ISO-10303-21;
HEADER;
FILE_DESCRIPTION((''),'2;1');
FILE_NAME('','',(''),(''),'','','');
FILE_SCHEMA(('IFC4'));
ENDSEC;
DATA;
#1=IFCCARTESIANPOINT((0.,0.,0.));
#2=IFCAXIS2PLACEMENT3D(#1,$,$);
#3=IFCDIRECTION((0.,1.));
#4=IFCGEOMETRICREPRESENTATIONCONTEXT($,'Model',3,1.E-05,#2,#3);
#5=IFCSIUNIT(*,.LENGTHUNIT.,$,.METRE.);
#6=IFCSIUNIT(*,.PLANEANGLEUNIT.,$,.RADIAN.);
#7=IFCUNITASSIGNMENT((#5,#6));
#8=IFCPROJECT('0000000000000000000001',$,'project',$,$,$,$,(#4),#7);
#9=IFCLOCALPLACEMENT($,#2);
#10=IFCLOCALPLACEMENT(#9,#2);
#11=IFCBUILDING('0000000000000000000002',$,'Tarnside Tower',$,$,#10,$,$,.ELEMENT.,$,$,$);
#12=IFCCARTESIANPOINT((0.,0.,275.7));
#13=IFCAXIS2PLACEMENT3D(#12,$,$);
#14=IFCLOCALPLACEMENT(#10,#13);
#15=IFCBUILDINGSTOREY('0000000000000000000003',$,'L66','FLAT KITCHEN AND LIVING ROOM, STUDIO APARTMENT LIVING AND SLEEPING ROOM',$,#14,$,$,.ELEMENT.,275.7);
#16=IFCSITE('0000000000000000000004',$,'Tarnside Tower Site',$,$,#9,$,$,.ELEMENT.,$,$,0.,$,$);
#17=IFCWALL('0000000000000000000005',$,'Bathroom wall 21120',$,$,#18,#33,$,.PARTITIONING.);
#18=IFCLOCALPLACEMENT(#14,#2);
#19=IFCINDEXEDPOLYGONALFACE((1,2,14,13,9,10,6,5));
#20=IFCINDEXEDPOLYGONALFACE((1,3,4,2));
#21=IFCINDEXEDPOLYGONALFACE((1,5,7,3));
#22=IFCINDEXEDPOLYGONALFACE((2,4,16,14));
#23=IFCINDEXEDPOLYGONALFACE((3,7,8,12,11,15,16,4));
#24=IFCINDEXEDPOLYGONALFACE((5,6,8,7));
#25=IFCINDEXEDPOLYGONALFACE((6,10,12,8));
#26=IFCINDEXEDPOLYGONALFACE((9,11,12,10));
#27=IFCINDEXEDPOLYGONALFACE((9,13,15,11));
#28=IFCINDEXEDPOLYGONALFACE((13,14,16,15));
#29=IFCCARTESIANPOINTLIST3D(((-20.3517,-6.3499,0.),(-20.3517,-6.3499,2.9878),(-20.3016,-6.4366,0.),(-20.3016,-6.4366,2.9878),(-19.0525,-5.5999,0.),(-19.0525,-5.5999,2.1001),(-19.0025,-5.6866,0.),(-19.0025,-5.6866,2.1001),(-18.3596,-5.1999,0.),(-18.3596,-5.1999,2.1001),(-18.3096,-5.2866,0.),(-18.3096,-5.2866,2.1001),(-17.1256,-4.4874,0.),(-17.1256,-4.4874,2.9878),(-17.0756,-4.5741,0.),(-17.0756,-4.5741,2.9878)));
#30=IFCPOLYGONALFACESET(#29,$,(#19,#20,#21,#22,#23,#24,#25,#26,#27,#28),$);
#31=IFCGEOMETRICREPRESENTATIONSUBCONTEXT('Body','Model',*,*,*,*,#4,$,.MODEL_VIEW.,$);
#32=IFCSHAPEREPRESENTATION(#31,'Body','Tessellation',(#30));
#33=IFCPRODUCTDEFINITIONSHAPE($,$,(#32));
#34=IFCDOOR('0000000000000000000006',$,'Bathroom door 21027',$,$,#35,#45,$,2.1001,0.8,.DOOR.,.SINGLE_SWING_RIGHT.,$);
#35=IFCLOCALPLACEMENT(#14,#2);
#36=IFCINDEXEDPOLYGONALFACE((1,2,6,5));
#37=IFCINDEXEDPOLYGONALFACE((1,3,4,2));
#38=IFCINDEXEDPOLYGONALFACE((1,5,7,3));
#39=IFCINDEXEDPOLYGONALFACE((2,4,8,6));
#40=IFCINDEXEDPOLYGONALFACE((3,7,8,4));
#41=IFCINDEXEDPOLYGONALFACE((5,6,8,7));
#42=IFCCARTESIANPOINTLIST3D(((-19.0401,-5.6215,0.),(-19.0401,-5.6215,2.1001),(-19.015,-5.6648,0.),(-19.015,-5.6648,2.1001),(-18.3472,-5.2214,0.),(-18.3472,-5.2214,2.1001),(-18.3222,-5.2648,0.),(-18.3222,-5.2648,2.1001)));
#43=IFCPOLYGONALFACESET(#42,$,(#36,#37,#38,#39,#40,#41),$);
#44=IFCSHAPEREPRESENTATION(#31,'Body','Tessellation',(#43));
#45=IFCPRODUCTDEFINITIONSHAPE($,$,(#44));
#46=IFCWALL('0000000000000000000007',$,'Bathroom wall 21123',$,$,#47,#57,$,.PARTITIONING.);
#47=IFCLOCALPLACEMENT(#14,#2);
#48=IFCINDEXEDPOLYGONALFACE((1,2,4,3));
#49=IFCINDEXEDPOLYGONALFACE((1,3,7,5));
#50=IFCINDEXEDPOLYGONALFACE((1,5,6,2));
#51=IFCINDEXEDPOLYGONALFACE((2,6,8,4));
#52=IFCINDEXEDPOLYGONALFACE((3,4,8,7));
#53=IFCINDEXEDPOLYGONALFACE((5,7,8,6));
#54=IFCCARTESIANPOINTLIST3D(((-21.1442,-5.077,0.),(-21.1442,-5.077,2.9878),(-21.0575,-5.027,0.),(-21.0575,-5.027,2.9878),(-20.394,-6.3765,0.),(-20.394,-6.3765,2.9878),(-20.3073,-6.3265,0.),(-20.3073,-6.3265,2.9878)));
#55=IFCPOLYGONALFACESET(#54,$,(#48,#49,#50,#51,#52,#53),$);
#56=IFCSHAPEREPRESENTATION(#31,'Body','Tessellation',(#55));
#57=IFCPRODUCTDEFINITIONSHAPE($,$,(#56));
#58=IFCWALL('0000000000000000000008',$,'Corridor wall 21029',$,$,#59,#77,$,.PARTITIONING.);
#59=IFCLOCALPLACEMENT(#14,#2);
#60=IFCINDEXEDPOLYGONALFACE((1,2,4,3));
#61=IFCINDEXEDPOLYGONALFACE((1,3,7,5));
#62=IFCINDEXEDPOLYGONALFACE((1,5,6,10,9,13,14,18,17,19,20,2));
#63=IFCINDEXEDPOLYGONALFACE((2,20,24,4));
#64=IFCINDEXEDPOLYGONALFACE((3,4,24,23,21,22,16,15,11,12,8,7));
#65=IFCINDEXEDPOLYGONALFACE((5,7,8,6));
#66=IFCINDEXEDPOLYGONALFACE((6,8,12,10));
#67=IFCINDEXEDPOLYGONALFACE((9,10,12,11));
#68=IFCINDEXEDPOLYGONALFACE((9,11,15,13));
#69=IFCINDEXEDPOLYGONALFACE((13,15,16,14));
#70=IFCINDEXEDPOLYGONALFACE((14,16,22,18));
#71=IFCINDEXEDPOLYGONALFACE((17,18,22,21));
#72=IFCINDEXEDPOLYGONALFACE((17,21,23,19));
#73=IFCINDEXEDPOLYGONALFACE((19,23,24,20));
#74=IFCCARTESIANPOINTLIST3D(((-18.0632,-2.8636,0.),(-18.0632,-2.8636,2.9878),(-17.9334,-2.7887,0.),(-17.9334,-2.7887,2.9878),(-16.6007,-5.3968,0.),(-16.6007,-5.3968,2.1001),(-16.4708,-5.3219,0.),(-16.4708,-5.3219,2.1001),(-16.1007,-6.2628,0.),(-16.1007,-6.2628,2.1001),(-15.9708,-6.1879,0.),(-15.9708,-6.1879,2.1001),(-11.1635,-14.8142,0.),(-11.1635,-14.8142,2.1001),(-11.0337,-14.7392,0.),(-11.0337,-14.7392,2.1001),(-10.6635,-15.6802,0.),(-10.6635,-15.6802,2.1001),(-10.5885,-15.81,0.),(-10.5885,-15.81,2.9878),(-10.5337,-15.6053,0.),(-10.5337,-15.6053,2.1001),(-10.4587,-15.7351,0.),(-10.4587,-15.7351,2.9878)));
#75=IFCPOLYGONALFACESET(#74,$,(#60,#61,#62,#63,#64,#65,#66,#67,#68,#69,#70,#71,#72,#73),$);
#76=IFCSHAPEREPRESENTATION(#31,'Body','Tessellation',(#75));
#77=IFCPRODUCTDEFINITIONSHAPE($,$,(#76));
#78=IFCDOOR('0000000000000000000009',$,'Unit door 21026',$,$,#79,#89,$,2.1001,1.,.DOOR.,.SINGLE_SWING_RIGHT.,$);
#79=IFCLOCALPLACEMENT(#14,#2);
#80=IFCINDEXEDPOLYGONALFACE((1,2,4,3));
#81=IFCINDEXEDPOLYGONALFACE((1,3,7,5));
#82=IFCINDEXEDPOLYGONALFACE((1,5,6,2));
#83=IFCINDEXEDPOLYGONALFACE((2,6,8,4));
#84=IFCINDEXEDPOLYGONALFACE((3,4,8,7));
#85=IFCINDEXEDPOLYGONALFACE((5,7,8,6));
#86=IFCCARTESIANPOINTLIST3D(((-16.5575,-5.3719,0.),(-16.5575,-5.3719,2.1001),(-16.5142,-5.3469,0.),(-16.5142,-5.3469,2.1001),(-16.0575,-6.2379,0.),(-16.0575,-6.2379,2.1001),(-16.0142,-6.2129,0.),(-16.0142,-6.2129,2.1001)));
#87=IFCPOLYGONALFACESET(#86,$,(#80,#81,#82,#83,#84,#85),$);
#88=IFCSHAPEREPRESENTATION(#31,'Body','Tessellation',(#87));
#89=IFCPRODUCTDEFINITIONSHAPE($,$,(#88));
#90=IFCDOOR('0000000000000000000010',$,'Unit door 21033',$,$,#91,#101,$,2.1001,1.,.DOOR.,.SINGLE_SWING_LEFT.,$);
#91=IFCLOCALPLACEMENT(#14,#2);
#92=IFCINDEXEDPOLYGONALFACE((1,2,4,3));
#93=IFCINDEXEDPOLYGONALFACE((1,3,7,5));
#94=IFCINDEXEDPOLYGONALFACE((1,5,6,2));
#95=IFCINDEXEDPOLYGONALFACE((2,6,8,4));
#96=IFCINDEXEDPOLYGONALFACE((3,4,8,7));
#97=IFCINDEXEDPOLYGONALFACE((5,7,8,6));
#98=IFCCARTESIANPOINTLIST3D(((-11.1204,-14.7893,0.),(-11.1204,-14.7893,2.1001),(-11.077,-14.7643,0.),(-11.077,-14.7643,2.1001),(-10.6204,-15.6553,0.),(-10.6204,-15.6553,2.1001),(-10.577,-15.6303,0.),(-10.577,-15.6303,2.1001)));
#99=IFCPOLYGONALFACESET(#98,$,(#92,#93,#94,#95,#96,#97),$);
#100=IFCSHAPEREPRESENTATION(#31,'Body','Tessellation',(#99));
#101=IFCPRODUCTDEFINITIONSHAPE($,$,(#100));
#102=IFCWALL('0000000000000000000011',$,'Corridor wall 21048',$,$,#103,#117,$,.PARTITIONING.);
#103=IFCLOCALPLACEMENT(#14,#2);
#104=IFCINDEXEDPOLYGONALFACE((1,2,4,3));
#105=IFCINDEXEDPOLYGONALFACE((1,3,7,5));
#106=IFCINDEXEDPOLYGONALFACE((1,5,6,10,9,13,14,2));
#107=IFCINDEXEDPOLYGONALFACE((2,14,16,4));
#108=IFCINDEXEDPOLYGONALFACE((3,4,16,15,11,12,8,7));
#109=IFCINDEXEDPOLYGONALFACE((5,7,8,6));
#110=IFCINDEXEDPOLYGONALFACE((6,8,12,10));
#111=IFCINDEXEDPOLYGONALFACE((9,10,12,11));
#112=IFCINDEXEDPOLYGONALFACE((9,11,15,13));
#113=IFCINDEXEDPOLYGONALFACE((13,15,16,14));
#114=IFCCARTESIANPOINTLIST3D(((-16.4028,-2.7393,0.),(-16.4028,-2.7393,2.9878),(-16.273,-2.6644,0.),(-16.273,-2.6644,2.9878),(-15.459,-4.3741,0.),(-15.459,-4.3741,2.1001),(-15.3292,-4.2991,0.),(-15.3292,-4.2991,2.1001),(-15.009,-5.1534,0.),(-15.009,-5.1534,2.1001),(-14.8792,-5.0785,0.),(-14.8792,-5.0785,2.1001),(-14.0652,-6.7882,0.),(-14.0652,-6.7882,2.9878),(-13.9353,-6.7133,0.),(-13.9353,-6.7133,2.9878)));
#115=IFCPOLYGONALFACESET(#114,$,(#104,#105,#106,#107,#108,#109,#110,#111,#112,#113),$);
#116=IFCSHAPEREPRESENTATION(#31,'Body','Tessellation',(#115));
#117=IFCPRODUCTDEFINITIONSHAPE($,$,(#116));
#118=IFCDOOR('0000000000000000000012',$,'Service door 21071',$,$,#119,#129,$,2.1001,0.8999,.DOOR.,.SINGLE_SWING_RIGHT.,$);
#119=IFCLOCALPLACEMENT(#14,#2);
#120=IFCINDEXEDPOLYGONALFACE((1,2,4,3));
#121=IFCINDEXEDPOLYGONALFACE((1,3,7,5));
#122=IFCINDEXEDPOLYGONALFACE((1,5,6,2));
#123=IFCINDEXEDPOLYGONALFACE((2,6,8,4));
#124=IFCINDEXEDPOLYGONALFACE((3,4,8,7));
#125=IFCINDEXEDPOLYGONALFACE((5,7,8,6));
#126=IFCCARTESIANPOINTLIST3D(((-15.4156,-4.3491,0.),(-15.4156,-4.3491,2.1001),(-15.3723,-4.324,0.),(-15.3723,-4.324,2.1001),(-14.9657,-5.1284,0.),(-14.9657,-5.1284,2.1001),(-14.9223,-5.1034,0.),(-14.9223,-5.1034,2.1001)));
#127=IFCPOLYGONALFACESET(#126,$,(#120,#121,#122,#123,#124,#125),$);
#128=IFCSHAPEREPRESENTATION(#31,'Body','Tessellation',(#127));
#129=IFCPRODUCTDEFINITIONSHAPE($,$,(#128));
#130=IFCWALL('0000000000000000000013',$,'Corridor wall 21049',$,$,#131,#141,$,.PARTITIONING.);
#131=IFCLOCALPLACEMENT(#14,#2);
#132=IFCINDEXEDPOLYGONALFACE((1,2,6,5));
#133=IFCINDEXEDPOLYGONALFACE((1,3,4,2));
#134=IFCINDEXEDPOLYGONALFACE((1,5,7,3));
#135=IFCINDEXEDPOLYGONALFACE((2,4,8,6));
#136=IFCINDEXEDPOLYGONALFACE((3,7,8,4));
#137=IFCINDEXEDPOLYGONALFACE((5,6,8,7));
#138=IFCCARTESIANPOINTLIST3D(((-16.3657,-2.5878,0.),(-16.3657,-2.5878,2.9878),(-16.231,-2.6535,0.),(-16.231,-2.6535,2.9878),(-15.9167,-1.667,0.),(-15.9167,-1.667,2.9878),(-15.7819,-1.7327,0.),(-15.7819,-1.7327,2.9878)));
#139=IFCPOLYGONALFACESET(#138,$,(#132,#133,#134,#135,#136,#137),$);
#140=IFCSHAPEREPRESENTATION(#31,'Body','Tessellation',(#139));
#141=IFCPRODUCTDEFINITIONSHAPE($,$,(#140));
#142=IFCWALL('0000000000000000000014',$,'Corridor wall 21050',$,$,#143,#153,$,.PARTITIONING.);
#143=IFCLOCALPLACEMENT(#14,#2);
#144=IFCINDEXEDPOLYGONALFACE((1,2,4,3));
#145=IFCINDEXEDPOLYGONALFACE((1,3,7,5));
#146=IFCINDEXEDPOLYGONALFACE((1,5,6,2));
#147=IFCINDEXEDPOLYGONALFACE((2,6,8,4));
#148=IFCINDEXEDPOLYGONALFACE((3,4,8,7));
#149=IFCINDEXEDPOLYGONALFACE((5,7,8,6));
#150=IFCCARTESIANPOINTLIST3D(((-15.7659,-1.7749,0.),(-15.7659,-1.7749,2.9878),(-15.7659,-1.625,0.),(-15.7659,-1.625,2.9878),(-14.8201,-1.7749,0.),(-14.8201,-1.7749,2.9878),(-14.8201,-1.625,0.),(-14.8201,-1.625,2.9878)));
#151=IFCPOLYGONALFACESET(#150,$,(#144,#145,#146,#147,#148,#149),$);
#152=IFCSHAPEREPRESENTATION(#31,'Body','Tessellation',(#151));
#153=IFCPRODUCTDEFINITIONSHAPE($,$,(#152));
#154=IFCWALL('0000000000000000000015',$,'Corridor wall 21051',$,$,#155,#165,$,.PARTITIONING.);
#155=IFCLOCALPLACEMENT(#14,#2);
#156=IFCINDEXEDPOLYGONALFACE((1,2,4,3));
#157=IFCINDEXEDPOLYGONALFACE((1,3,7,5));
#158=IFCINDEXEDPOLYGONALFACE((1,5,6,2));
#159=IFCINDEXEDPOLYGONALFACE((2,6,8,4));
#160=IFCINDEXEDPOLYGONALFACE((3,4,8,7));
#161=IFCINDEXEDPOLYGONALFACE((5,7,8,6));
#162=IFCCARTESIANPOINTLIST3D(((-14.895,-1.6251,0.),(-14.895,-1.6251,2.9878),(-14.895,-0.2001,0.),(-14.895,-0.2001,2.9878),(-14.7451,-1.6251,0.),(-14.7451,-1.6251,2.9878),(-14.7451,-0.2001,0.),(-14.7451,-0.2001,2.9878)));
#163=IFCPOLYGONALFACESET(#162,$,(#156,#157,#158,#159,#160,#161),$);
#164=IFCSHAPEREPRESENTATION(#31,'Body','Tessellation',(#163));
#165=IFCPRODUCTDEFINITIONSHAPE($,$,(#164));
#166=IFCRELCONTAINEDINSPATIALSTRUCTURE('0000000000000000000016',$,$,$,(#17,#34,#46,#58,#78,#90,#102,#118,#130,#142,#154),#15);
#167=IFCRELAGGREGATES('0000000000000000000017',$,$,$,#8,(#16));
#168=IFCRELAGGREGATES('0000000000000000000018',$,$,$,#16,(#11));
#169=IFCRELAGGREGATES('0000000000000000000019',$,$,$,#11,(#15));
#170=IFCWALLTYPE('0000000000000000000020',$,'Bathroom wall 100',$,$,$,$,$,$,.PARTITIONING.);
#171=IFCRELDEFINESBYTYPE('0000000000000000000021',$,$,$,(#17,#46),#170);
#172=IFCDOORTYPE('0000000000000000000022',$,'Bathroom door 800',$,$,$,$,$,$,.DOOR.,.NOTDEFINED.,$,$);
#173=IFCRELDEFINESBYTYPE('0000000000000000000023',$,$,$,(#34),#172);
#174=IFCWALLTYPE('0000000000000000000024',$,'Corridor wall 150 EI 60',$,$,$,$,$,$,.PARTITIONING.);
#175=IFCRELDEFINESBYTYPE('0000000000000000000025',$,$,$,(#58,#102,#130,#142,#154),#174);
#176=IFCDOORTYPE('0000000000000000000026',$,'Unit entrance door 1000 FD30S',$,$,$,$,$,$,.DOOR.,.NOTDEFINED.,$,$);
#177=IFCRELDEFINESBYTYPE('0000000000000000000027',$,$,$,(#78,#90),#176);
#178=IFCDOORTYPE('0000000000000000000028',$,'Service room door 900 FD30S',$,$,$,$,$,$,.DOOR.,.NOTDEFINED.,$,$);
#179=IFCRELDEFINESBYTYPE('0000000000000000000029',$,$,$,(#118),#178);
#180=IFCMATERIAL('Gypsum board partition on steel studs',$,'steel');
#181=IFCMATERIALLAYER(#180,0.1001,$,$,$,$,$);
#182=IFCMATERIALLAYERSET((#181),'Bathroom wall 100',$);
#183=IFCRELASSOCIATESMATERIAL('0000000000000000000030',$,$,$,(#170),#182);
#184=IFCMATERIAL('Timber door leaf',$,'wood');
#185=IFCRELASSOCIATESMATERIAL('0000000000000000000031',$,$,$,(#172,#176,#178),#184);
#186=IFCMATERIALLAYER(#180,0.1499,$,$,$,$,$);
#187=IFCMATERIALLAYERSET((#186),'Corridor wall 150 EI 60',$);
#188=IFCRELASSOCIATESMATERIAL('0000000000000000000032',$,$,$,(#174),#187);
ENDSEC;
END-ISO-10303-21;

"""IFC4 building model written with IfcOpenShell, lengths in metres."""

from ifc_helpers import new_model, si_unit, direction, frame, frame_2d, origin, place, context, subcontext, project, spatial, rectangle, extrude, material, layer, layer_set, type_object, element, fill, save


model = new_model("IFC4")

# Units and contexts
model_context = context("Model", 3, precision=1e-05, world=origin(), true_north=direction((0.0, 1.0)))
body_context = subcontext(model_context, "Body", "Model", "MODEL_VIEW")
ifc_project = project(units=[si_unit("LENGTHUNIT", "METRE"), si_unit("PLANEANGLEUNIT", "RADIAN")], contexts=[model_context])

# Site, building, storey
site_placement = place(None, origin())
site = spatial("IfcSite", under=ifc_project, at=site_placement, Name="Tarnside Tower Site", CompositionType="ELEMENT", RefElevation=0.0)
building_placement = place(site_placement, origin())
building = spatial("IfcBuilding", under=site, at=building_placement, Name="Tarnside Tower", CompositionType="ELEMENT")
storey_placement = place(building_placement, frame((0.0, 0.0, 275.7)))
storey = spatial("IfcBuildingStorey", under=building, at=storey_placement, Name="L66", Description="FLAT KITCHEN AND LIVING ROOM, STUDIO APARTMENT LIVING AND SLEEPING ROOM", CompositionType="ELEMENT", Elevation=275.7)

# Wall, opening, door
ifc_material_1 = material(Name="Gypsum board partition on steel studs", Category="steel")
ifc_layer_1 = layer(ifc_material_1, 0.1001)
ifc_layer_set_1 = layer_set([ifc_layer_1], Name="Bathroom wall 100")
wall_type_1 = type_object("IfcWallType", Name="Bathroom wall 100", PredefinedType="PARTITIONING", material=ifc_layer_set_1)
wall_1_placement = place(storey_placement, frame((-17.1006, -4.5308, 0.0), z_axis=(0.0, 0.0, 1.0), x_axis=(-0.866028, -0.499995, 0.0)))
wall_1 = element("IfcWall", 1, at=wall_1_placement, inside=storey, type_object=wall_type_1, Name="Bathroom wall 21120", PredefinedType="PARTITIONING", context=body_context, shape_type="SweptSolid", body=[
    extrude(rectangle(XDim=3.7251, YDim=0.1001, at=frame_2d((1.8625, 0.0))), origin(), (0.0, 0.0, 1.0), 2.9878),
])
opening_1_placement = place(wall_1_placement, frame((1.425, 0.0, 0.0)))
opening_1 = element("IfcOpeningElement", 2, at=opening_1_placement, cuts=wall_1, PredefinedType="OPENING", context=body_context, shape_type="SweptSolid", body=[
    extrude(rectangle(XDim=0.8, YDim=2.1001, at=frame_2d((0.3999, 1.05))), frame((0.0, 0.0601, 0.0), z_axis=(0.0, -1.0, 0.0), x_axis=(1.0, 0.0, 0.0)), (0.0, 0.0, 1.0), 0.1201),
])
ifc_material_2 = material(Name="Timber door leaf", Category="wood")
door_type_1 = type_object("IfcDoorType", Name="Bathroom door 800", OperationType="NOTDEFINED", PredefinedType="DOOR", material=ifc_material_2)
door_1_placement = place(opening_1_placement, origin())
door_1 = element("IfcDoor", 3, at=door_1_placement, inside=storey, type_object=door_type_1, Name="Bathroom door 21027", OperationType="SINGLE_SWING_RIGHT", OverallHeight=2.1001, OverallWidth=0.8, PredefinedType="DOOR", context=body_context, shape_type="SweptSolid", body=[
    extrude(rectangle(XDim=0.8, YDim=2.1001, at=frame_2d((0.3999, 1.05))), frame((0.0, 0.0249, 0.0), z_axis=(0.0, -1.0, 0.0), x_axis=(1.0, 0.0, 0.0)), (0.0, 0.0, 1.0), 0.05),
])
fill(opening_1, door_1)

# Wall
wall_2_placement = place(storey_placement, frame((-21.1008, -5.052, 0.0), z_axis=(0.0, 0.0, 1.0), x_axis=(0.499971, -0.866042, 0.0)))
element("IfcWall", 4, at=wall_2_placement, inside=storey, type_object=wall_type_1, Name="Bathroom wall 21123", PredefinedType="PARTITIONING", context=body_context, shape_type="SweptSolid", body=[
    extrude(rectangle(XDim=1.5005, YDim=0.1001, at=frame_2d((0.7502, 0.0))), origin(), (0.0, 0.0, 1.0), 2.9878),
])

# Wall, openings, doors
ifc_layer_2 = layer(ifc_material_1, 0.1499)
ifc_layer_set_2 = layer_set([ifc_layer_2], Name="Corridor wall 150 EI 60")
wall_type_2 = type_object("IfcWallType", Name="Corridor wall 150 EI 60", PredefinedType="PARTITIONING", material=ifc_layer_set_2)
wall_3_placement = place(storey_placement, frame((-17.9983, -2.8262, 0.0), z_axis=(0.0, 0.0, 1.0), x_axis=(0.500003, -0.866023, 0.0)))
wall_3 = element("IfcWall", 5, at=wall_3_placement, inside=storey, type_object=wall_type_2, Name="Corridor wall 21029", PredefinedType="PARTITIONING", context=body_context, shape_type="SweptSolid", body=[
    extrude(rectangle(XDim=14.9492, YDim=0.1499, at=frame_2d((7.4746, 0.0))), origin(), (0.0, 0.0, 1.0), 2.9878),
])
opening_2_placement = place(wall_3_placement, frame((2.925, 0.0, 0.0)))
opening_2 = element("IfcOpeningElement", 6, at=opening_2_placement, cuts=wall_3, PredefinedType="OPENING", context=body_context, shape_type="SweptSolid", body=[
    extrude(rectangle(XDim=1.0, YDim=2.1001, at=frame_2d((0.5, 1.05))), frame((0.0, 0.085, 0.0), z_axis=(0.0, -1.0, 0.0), x_axis=(1.0, 0.0, 0.0)), (0.0, 0.0, 1.0), 0.1699),
])
opening_3_placement = place(wall_3_placement, frame((13.7993, 0.0, 0.0)))
opening_3 = element("IfcOpeningElement", 7, at=opening_3_placement, cuts=wall_3, PredefinedType="OPENING", context=body_context, shape_type="SweptSolid", body=[
    extrude(rectangle(XDim=1.0, YDim=2.1001, at=frame_2d((0.5, 1.05))), frame((0.0, 0.085, 0.0), z_axis=(0.0, -1.0, 0.0), x_axis=(1.0, 0.0, 0.0)), (0.0, 0.0, 1.0), 0.1699),
])
door_type_2 = type_object("IfcDoorType", Name="Unit entrance door 1000 FD30S", OperationType="NOTDEFINED", PredefinedType="DOOR", material=ifc_material_2)
door_2_placement = place(opening_2_placement, origin())
door_2 = element("IfcDoor", 8, at=door_2_placement, inside=storey, type_object=door_type_2, Name="Unit door 21026", OperationType="SINGLE_SWING_RIGHT", OverallHeight=2.1001, OverallWidth=1.0, PredefinedType="DOOR", context=body_context, shape_type="SweptSolid", body=[
    extrude(rectangle(XDim=1.0, YDim=2.1001, at=frame_2d((0.5, 1.05))), frame((0.0, 0.0249, 0.0), z_axis=(0.0, -1.0, 0.0), x_axis=(1.0, 0.0, 0.0)), (0.0, 0.0, 1.0), 0.05),
])
fill(opening_2, door_2)
door_3_placement = place(opening_3_placement, origin())
door_3 = element("IfcDoor", 9, at=door_3_placement, inside=storey, type_object=door_type_2, Name="Unit door 21033", OperationType="SINGLE_SWING_LEFT", OverallHeight=2.1001, OverallWidth=1.0, PredefinedType="DOOR", context=body_context, shape_type="SweptSolid", body=[
    extrude(rectangle(XDim=1.0, YDim=2.1001, at=frame_2d((0.5, 1.05))), frame((0.0, 0.0249, 0.0), z_axis=(0.0, -1.0, 0.0), x_axis=(1.0, 0.0, 0.0)), (0.0, 0.0, 1.0), 0.05),
])
fill(opening_3, door_3)

# Wall, opening, door
wall_4_placement = place(storey_placement, frame((-14.0002, -6.7507, 0.0), z_axis=(0.0, 0.0, 1.0), x_axis=(-0.500009, 0.86602, 0.0)))
wall_4 = element("IfcWall", 10, at=wall_4_placement, inside=storey, type_object=wall_type_2, Name="Corridor wall 21048", PredefinedType="PARTITIONING", context=body_context, shape_type="SweptSolid", body=[
    extrude(rectangle(XDim=4.6753, YDim=0.1499, at=frame_2d((2.3376, 0.0))), origin(), (0.0, 0.0, 1.0), 2.9878),
])
opening_4_placement = place(wall_4_placement, frame((1.8877, 0.0, 0.0)))
opening_4 = element("IfcOpeningElement", 11, at=opening_4_placement, cuts=wall_4, PredefinedType="OPENING", context=body_context, shape_type="SweptSolid", body=[
    extrude(rectangle(XDim=0.8999, YDim=2.1001, at=frame_2d((0.45, 1.05))), frame((0.0, 0.085, 0.0), z_axis=(0.0, -1.0, 0.0), x_axis=(1.0, 0.0, 0.0)), (0.0, 0.0, 1.0), 0.1699),
])
door_type_3 = type_object("IfcDoorType", Name="Service room door 900 FD30S", OperationType="NOTDEFINED", PredefinedType="DOOR", material=ifc_material_2)
door_4_placement = place(opening_4_placement, origin())
door_4 = element("IfcDoor", 12, at=door_4_placement, inside=storey, type_object=door_type_3, Name="Service door 21071", OperationType="SINGLE_SWING_RIGHT", OverallHeight=2.1001, OverallWidth=0.8999, PredefinedType="DOOR", context=body_context, shape_type="SweptSolid", body=[
    extrude(rectangle(XDim=0.8999, YDim=2.1001, at=frame_2d((0.45, 1.05))), frame((0.0, 0.0249, 0.0), z_axis=(0.0, -1.0, 0.0), x_axis=(1.0, 0.0, 0.0)), (0.0, 0.0, 1.0), 0.05),
])
fill(opening_4, door_4)

# Walls
wall_5_placement = place(storey_placement, frame((-16.2983, -2.6206, 0.0), z_axis=(0.0, 0.0, 1.0), x_axis=(0.438325, 0.898817, 0.0)))
element("IfcWall", 13, at=wall_5_placement, inside=storey, type_object=wall_type_2, Name="Corridor wall 21049", PredefinedType="PARTITIONING", context=body_context, shape_type="SweptSolid", body=[
    extrude(rectangle(XDim=1.0244, YDim=0.1499, at=frame_2d((0.5122, 0.0))), origin(), (0.0, 0.0, 1.0), 2.9878),
])
wall_6_placement = place(storey_placement, frame((-15.7659, -1.7, 0.0), z_axis=(0.0, 0.0, 1.0), x_axis=(1.0, 0.0, 0.0)))
element("IfcWall", 14, at=wall_6_placement, inside=storey, type_object=wall_type_2, Name="Corridor wall 21050", PredefinedType="PARTITIONING", context=body_context, shape_type="SweptSolid", body=[
    extrude(rectangle(XDim=0.9458, YDim=0.1499, at=frame_2d((0.4729, 0.0))), origin(), (0.0, 0.0, 1.0), 2.9878),
])
wall_7_placement = place(storey_placement, frame((-14.8201, -1.625, 0.0), z_axis=(0.0, 0.0, 1.0), x_axis=(0.0, 1.0, 0.0)))
element("IfcWall", 15, at=wall_7_placement, inside=storey, type_object=wall_type_2, Name="Corridor wall 21051", PredefinedType="PARTITIONING", context=body_context, shape_type="SweptSolid", body=[
    extrude(rectangle(XDim=1.425, YDim=0.1499, at=frame_2d((0.7124, 0.0))), origin(), (0.0, 0.0, 1.0), 2.9878),
])

save(model, "model.ifc")
